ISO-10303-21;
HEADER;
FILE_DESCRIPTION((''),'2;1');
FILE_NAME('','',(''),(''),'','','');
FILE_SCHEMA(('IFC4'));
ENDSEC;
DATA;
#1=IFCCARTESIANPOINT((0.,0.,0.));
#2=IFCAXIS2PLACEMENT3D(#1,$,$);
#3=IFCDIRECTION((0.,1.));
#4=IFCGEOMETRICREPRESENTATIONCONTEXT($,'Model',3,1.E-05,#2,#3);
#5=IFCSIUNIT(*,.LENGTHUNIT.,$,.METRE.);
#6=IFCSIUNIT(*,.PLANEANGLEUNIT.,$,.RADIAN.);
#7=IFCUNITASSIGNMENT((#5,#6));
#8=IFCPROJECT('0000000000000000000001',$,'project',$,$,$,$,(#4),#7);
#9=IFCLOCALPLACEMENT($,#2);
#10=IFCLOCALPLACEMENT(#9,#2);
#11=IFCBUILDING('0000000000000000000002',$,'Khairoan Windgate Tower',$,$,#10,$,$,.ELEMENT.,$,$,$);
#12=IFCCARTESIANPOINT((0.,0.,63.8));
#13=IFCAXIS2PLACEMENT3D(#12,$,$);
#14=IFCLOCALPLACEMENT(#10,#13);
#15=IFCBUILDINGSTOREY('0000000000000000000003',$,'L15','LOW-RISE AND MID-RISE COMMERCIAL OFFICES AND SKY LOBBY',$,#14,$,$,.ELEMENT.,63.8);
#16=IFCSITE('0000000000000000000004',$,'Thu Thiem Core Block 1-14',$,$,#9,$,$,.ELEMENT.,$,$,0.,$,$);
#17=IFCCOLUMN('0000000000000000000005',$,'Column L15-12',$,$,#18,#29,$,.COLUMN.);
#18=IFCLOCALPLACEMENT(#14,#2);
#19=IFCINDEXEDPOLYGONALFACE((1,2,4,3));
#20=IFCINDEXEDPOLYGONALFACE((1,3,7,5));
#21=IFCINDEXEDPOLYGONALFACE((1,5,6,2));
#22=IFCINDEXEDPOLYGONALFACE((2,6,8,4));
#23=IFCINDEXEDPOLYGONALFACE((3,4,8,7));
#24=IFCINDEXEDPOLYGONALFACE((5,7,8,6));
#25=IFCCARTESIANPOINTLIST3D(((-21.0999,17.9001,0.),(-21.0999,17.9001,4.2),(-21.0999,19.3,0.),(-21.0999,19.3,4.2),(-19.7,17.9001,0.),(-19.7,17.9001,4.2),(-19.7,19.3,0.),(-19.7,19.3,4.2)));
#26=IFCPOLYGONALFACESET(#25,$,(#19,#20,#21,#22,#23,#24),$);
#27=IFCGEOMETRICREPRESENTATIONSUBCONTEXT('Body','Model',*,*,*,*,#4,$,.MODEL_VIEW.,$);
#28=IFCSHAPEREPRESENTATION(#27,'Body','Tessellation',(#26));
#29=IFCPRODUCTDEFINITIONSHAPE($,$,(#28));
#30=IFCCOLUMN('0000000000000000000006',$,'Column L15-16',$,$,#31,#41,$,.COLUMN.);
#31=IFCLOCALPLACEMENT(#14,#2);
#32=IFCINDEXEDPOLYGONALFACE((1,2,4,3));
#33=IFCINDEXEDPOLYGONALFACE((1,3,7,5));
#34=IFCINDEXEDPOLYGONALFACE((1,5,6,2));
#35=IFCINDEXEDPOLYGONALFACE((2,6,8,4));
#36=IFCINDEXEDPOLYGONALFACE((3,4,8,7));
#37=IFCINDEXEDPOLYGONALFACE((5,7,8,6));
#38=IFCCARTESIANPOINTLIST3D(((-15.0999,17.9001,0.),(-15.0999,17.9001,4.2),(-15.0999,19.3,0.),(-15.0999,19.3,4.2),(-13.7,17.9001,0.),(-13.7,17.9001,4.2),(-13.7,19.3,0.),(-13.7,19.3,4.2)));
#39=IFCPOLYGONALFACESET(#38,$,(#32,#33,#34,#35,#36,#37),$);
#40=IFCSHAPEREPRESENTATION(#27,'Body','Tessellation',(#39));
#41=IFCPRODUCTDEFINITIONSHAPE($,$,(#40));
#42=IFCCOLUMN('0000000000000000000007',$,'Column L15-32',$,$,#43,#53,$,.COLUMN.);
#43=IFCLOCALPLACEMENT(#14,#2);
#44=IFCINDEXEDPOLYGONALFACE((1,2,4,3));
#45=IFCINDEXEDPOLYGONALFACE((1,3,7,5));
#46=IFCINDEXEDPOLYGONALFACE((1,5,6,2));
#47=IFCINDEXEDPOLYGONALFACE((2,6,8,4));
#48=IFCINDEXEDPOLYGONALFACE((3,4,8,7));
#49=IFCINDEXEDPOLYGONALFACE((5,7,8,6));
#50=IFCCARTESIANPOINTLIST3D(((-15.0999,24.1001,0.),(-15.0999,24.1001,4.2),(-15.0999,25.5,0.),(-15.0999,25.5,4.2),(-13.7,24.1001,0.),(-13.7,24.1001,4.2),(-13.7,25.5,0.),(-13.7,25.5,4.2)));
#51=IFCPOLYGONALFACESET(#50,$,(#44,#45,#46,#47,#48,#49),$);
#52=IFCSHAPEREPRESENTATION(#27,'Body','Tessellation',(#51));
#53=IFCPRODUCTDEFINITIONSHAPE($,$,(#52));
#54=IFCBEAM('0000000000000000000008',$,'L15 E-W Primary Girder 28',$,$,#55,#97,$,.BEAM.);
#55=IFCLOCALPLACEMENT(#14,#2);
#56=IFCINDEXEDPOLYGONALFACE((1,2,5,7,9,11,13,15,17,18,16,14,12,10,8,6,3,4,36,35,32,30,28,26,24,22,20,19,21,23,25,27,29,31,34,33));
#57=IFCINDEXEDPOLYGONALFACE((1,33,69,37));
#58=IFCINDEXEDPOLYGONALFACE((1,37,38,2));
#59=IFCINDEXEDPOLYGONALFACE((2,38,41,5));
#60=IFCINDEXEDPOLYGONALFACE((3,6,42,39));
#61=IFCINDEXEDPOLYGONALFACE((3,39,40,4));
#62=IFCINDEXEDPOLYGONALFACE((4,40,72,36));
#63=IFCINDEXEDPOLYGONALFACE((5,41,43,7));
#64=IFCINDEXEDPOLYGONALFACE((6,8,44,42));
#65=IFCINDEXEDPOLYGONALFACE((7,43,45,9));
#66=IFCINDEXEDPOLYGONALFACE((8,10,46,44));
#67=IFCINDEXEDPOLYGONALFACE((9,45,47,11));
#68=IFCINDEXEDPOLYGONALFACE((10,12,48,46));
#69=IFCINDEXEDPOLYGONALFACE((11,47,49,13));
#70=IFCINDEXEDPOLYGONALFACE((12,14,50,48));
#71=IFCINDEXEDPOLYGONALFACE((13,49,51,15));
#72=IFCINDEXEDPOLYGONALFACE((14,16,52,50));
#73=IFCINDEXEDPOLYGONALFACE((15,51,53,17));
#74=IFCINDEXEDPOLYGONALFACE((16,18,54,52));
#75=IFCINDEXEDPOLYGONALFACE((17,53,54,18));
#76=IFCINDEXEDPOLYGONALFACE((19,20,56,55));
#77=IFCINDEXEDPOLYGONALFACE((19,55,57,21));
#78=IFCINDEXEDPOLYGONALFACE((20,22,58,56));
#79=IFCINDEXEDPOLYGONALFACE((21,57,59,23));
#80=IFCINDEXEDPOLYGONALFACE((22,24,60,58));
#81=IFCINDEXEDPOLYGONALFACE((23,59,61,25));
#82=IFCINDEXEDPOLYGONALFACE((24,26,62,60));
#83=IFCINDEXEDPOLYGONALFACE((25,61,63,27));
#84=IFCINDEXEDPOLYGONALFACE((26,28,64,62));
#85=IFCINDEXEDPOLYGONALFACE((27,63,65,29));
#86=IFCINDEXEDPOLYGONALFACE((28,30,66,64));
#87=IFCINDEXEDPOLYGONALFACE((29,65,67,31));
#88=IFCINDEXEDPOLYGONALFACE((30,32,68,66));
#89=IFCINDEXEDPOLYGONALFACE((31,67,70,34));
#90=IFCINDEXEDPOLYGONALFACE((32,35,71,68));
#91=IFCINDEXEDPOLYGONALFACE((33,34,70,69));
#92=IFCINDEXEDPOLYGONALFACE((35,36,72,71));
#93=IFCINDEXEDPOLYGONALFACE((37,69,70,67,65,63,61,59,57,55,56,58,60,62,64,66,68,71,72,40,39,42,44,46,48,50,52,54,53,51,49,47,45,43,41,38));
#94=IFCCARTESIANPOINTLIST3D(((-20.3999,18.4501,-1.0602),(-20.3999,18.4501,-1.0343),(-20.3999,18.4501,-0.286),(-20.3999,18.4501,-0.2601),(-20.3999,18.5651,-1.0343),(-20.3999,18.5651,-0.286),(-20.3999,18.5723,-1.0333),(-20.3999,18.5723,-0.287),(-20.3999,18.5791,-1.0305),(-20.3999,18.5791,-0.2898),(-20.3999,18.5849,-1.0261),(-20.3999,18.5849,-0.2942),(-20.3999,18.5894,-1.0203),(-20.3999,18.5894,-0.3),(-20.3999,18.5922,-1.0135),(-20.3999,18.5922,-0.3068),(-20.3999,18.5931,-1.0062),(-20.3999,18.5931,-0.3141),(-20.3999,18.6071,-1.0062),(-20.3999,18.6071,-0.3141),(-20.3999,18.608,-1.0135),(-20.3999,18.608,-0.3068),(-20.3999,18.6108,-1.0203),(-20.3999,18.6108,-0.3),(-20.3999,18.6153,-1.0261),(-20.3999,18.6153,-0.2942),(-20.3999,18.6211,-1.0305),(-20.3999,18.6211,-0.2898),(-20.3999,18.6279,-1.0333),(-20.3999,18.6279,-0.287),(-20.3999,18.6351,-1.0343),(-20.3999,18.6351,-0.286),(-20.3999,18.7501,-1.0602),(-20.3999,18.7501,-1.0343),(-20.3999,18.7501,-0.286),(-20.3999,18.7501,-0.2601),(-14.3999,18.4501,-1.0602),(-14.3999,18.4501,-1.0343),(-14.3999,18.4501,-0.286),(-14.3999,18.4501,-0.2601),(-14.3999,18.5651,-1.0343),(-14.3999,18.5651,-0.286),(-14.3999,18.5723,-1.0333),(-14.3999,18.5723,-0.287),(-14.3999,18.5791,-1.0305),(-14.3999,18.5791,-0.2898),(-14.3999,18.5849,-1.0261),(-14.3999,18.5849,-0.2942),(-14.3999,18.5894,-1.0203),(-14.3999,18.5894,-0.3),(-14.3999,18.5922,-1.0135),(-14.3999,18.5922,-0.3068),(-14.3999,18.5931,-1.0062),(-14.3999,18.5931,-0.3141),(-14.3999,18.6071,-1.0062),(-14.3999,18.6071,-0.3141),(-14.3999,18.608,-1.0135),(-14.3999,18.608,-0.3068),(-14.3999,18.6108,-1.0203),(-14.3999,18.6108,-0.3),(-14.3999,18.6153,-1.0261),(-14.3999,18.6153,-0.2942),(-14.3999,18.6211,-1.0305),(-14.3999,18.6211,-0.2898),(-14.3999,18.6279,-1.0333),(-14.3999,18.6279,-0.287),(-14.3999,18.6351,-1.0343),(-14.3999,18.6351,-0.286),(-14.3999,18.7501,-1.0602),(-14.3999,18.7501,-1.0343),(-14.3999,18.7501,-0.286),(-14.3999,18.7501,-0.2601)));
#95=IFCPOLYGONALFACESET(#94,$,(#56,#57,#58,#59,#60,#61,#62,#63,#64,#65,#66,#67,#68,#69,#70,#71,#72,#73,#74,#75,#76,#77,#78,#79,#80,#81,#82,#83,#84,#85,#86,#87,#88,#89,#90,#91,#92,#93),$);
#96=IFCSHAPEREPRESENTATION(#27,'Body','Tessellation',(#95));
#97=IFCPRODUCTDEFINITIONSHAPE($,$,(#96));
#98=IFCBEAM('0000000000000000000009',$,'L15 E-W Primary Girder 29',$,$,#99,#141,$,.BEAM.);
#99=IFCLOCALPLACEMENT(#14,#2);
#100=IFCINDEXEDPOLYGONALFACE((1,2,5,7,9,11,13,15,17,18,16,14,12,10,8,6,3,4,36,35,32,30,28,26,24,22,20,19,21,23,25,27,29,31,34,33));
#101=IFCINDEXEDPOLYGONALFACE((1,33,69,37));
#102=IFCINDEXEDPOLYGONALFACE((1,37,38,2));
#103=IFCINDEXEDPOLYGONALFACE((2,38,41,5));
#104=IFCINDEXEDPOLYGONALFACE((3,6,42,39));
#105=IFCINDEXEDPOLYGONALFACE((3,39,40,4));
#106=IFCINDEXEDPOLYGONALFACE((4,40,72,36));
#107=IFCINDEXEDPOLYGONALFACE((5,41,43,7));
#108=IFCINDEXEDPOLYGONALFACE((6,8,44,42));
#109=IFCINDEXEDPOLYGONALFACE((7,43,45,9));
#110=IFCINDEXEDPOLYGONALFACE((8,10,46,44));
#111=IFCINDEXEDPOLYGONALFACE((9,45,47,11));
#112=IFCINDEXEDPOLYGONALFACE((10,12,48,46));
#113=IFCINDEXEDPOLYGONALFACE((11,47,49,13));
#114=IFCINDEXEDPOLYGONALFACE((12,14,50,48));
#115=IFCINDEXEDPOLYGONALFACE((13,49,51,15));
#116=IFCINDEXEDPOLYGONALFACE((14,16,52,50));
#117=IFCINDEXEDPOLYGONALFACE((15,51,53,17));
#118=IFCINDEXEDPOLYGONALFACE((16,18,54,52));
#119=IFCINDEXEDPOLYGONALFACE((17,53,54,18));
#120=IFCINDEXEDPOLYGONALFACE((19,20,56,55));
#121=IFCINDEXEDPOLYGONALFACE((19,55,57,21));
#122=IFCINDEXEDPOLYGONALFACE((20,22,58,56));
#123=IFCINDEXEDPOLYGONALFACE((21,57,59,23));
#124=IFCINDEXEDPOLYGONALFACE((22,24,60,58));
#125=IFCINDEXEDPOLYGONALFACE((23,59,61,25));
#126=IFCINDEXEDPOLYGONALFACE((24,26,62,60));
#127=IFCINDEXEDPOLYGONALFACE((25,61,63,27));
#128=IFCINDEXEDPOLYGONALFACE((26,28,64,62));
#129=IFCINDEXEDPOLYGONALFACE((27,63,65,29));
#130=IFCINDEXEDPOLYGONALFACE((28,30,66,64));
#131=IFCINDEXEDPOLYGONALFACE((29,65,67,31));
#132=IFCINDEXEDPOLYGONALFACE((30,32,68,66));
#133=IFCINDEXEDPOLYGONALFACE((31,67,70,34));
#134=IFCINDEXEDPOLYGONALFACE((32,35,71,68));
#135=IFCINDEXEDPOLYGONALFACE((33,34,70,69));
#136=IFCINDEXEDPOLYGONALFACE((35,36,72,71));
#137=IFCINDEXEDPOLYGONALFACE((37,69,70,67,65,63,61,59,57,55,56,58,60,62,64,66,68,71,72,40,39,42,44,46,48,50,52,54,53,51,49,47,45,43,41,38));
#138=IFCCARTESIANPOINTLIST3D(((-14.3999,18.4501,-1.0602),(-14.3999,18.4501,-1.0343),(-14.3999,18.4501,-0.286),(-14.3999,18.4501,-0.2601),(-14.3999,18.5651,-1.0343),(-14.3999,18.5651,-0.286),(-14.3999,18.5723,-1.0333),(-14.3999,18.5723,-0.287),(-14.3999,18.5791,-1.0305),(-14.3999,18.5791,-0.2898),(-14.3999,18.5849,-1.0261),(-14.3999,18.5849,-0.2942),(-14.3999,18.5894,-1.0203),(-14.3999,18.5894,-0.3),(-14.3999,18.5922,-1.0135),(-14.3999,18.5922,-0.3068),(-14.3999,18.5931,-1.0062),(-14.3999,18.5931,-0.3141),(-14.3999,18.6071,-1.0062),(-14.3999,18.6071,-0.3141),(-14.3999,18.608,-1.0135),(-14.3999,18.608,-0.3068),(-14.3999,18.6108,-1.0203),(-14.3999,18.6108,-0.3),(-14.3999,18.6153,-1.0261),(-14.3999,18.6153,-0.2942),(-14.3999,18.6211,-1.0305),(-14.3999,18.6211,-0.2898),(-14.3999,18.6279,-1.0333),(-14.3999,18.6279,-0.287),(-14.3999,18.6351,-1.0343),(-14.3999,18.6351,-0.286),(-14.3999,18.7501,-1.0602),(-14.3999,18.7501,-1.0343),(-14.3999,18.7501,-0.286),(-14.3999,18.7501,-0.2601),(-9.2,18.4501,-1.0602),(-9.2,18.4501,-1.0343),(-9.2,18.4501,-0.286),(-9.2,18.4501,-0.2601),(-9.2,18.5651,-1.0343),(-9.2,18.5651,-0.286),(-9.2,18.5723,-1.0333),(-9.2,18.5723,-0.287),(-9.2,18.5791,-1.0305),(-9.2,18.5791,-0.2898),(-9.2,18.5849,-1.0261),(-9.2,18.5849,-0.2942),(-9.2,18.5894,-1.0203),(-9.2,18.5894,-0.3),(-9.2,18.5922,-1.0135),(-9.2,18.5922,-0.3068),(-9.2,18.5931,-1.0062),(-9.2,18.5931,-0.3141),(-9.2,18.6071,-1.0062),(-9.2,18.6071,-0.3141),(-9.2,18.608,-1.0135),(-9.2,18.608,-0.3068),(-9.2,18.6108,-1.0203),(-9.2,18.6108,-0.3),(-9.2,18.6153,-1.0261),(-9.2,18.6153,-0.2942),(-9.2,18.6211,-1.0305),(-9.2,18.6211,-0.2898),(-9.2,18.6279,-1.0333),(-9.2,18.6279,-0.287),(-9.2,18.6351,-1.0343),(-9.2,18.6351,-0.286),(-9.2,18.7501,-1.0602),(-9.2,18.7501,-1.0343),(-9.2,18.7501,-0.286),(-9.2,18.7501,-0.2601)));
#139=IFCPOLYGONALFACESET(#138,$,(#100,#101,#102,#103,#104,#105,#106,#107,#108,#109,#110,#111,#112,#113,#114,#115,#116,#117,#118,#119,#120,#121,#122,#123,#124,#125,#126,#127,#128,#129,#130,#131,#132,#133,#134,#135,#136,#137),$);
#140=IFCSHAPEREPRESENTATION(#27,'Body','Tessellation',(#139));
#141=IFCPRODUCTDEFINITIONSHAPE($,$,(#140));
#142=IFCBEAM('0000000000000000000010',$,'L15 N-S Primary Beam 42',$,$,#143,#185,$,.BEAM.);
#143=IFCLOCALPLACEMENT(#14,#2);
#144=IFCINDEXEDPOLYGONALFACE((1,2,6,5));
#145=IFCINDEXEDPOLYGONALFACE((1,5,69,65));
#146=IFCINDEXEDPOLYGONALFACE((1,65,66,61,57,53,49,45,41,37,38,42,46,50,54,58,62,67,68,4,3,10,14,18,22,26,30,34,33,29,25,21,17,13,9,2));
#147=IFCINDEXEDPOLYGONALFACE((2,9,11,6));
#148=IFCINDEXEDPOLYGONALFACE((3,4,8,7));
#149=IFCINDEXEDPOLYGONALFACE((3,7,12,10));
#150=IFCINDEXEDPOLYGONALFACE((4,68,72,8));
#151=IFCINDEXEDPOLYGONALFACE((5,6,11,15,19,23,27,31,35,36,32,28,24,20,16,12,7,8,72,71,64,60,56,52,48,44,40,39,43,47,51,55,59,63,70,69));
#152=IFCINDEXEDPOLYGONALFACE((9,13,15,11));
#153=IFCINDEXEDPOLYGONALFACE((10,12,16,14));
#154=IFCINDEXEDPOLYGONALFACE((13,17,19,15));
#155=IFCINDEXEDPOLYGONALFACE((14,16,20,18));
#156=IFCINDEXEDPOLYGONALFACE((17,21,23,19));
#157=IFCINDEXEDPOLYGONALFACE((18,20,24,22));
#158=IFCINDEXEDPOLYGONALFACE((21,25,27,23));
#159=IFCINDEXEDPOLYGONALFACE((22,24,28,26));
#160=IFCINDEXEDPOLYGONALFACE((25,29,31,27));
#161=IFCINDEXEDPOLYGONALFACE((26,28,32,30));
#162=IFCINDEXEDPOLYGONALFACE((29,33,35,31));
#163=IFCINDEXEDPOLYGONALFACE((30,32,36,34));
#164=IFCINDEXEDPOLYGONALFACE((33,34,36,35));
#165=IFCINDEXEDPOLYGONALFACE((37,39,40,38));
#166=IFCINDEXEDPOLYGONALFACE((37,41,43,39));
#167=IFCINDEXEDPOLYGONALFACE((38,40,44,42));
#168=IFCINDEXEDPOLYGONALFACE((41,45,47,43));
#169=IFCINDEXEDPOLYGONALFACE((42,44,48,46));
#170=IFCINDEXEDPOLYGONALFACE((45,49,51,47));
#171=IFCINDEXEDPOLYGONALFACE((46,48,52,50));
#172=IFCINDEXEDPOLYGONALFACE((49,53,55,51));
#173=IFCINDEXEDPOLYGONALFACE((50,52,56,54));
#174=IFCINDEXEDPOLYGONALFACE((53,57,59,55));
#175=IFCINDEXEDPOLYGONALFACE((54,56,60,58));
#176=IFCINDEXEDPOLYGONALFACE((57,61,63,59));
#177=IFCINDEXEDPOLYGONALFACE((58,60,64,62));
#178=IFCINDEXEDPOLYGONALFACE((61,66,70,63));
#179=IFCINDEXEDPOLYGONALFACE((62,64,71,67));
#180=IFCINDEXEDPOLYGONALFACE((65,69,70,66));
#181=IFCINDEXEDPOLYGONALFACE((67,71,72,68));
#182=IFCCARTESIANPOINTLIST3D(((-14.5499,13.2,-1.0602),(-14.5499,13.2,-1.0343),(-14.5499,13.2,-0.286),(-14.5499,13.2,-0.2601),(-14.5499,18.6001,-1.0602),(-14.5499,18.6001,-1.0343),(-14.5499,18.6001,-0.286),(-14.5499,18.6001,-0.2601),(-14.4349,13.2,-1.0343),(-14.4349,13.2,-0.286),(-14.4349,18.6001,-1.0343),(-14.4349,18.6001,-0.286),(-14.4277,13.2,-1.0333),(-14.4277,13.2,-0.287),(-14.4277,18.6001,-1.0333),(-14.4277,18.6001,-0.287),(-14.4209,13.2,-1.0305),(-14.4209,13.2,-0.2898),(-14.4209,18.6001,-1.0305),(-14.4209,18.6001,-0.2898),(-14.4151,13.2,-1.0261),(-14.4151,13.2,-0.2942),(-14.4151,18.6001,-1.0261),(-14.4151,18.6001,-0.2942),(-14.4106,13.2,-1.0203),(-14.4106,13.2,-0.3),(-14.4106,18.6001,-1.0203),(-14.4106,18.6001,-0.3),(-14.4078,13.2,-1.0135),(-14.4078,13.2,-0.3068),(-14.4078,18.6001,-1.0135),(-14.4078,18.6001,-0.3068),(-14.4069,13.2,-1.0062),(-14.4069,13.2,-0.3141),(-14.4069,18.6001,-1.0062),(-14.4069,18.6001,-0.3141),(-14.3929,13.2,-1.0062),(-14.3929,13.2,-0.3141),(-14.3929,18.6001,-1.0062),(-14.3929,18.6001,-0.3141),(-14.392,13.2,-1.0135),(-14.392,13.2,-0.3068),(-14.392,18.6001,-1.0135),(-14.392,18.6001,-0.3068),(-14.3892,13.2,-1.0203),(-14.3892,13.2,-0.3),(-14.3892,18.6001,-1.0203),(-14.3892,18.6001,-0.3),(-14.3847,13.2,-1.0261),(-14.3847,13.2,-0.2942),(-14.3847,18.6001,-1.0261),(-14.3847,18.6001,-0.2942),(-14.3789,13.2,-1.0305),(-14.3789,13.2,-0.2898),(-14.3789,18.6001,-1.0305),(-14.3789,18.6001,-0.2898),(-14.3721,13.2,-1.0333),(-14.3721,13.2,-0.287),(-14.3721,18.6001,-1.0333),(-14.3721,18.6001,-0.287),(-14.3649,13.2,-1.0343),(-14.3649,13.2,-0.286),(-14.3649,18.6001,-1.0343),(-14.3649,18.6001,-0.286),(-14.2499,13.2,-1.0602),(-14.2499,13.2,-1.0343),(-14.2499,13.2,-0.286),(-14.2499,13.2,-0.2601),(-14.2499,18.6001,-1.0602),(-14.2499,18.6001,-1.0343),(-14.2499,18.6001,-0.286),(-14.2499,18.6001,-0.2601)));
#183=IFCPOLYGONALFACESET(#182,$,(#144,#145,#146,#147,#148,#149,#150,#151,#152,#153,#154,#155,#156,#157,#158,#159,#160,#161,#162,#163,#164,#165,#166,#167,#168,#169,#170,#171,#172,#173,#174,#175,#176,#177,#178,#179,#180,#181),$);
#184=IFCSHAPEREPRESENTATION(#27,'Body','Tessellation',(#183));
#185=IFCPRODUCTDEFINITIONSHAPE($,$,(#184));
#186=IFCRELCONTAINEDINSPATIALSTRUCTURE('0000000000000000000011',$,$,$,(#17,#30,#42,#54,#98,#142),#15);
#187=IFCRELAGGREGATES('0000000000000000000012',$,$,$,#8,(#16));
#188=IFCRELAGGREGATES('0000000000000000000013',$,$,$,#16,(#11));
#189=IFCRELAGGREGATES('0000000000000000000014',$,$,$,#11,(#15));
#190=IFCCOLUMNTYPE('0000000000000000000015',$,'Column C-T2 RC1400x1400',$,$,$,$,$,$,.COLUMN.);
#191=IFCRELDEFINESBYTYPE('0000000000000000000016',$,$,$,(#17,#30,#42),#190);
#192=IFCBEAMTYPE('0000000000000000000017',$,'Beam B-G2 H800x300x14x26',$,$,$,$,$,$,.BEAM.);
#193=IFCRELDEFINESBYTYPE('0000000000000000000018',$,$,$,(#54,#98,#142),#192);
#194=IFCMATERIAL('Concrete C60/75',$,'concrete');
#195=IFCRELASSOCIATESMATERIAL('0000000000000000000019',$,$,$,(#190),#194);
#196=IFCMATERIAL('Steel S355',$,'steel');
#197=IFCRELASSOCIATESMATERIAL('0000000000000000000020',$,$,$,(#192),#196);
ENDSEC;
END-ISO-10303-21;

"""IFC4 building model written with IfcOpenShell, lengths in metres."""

from ifc_helpers import new_model, si_unit, direction, frame, origin, origin_2d, place, context, subcontext, project, spatial, rectangle, i_section, extrude, material, material_profile, profile_set, type_object, element, save


model = new_model("IFC4")

# Units and contexts
model_context = context("Model", 3, precision=1e-05, world=origin(), true_north=direction((0.0, 1.0)))
body_context = subcontext(model_context, "Body", "Model", "MODEL_VIEW")
ifc_project = project(units=[si_unit("LENGTHUNIT", "METRE"), si_unit("PLANEANGLEUNIT", "RADIAN")], contexts=[model_context])

# Site, building, storey
site_placement = place(None, origin())
site = spatial("IfcSite", under=ifc_project, at=site_placement, Name="Thu Thiem Core Block 1-14", CompositionType="ELEMENT", RefElevation=0.0)
building_placement = place(site_placement, origin())
building = spatial("IfcBuilding", under=site, at=building_placement, Name="Khairoan Windgate Tower", CompositionType="ELEMENT")
storey_placement = place(building_placement, frame((0.0, 0.0, 63.8)))
storey = spatial("IfcBuildingStorey", under=building, at=storey_placement, Name="L15", Description="LOW-RISE AND MID-RISE COMMERCIAL OFFICES AND SKY LOBBY", CompositionType="ELEMENT", Elevation=63.8)

# Columns
ifc_material_1 = material(Name="Concrete C60/75", Category="concrete")
ifc_material_profile_1 = material_profile(ifc_material_1, rectangle(XDim=1.3999, YDim=1.3999, at=origin_2d()))
ifc_profile_set_1 = profile_set([ifc_material_profile_1], Name="Concrete C60/75")
column_type = type_object("IfcColumnType", Name="Column C-T2 RC1400x1400", PredefinedType="COLUMN", material=ifc_profile_set_1)
for number, where, z_axis, x_axis, name in (
    (1, (-20.3999, 18.6001, 0.0), (0.0, 0.0, 1.0), (1.0, 0.0, 0.0), "Column L15-12"),
    (2, (-14.3999, 18.6001, 0.0), (0.0, 0.0, 1.0), (1.0, 0.0, 0.0), "Column L15-16"),
    (3, (-14.3999, 24.8, 0.0), (0.0, 0.0, 1.0), (1.0, 0.0, 0.0), "Column L15-32"),
):
    element("IfcColumn", number, at=place(storey_placement, frame(where, z_axis=z_axis, x_axis=x_axis)), inside=storey, type_object=column_type, Name=name, PredefinedType="COLUMN", context=body_context, shape_type="SweptSolid", body=[
        extrude(rectangle(XDim=1.3999, YDim=1.3999, at=origin_2d()), origin(), (0.0, 0.0, 1.0), 4.2),
    ])

# Beams
ifc_material_2 = material(Name="Steel S355", Category="steel")
ifc_material_profile_2 = material_profile(ifc_material_2, i_section(OverallWidth=0.3, OverallDepth=0.8, WebThickness=0.0139, FlangeThickness=0.0259, FilletRadius=0.0281, at=origin_2d()))
ifc_profile_set_2 = profile_set([ifc_material_profile_2], Name="Steel S355")
beam_type_1 = type_object("IfcBeamType", Name="Beam B-G2 H800x300x14x26", PredefinedType="BEAM", material=ifc_profile_set_2)
beam_1_placement = place(storey_placement, frame((-20.3999, 18.6001, -0.6602), z_axis=(1.0, 0.0, 0.0), x_axis=(0.0, 1.0, 0.0)))
element("IfcBeam", 4, at=beam_1_placement, inside=storey, type_object=beam_type_1, Name="L15 E-W Primary Girder 28", PredefinedType="BEAM", context=body_context, shape_type="SweptSolid", body=[
    extrude(i_section(OverallWidth=0.3, OverallDepth=0.8, WebThickness=0.0139, FlangeThickness=0.0259, FilletRadius=0.0281, at=origin_2d()), origin(), (0.0, 0.0, 1.0), 6.0),
])
beam_2_placement = place(storey_placement, frame((-14.3999, 18.6001, -0.6602), z_axis=(1.0, 0.0, 0.0), x_axis=(0.0, 1.0, 0.0)))
element("IfcBeam", 5, at=beam_2_placement, inside=storey, type_object=beam_type_1, Name="L15 E-W Primary Girder 29", PredefinedType="BEAM", context=body_context, shape_type="SweptSolid", body=[
    extrude(i_section(OverallWidth=0.3, OverallDepth=0.8, WebThickness=0.0139, FlangeThickness=0.0259, FilletRadius=0.0281, at=origin_2d()), origin(), (0.0, 0.0, 1.0), 5.2),
])
beam_3_placement = place(storey_placement, frame((-14.3999, 13.2, -0.6602), z_axis=(0.0, 1.0, 0.0), x_axis=(-1.0, 0.0, 0.0)))
element("IfcBeam", 6, at=beam_3_placement, inside=storey, type_object=beam_type_1, Name="L15 N-S Primary Beam 42", PredefinedType="BEAM", context=body_context, shape_type="SweptSolid", body=[
    extrude(i_section(OverallWidth=0.3, OverallDepth=0.8, WebThickness=0.0139, FlangeThickness=0.0259, FilletRadius=0.0281, at=origin_2d()), origin(), (0.0, 0.0, 1.0), 5.4001),
])

save(model, "model.ifc")
